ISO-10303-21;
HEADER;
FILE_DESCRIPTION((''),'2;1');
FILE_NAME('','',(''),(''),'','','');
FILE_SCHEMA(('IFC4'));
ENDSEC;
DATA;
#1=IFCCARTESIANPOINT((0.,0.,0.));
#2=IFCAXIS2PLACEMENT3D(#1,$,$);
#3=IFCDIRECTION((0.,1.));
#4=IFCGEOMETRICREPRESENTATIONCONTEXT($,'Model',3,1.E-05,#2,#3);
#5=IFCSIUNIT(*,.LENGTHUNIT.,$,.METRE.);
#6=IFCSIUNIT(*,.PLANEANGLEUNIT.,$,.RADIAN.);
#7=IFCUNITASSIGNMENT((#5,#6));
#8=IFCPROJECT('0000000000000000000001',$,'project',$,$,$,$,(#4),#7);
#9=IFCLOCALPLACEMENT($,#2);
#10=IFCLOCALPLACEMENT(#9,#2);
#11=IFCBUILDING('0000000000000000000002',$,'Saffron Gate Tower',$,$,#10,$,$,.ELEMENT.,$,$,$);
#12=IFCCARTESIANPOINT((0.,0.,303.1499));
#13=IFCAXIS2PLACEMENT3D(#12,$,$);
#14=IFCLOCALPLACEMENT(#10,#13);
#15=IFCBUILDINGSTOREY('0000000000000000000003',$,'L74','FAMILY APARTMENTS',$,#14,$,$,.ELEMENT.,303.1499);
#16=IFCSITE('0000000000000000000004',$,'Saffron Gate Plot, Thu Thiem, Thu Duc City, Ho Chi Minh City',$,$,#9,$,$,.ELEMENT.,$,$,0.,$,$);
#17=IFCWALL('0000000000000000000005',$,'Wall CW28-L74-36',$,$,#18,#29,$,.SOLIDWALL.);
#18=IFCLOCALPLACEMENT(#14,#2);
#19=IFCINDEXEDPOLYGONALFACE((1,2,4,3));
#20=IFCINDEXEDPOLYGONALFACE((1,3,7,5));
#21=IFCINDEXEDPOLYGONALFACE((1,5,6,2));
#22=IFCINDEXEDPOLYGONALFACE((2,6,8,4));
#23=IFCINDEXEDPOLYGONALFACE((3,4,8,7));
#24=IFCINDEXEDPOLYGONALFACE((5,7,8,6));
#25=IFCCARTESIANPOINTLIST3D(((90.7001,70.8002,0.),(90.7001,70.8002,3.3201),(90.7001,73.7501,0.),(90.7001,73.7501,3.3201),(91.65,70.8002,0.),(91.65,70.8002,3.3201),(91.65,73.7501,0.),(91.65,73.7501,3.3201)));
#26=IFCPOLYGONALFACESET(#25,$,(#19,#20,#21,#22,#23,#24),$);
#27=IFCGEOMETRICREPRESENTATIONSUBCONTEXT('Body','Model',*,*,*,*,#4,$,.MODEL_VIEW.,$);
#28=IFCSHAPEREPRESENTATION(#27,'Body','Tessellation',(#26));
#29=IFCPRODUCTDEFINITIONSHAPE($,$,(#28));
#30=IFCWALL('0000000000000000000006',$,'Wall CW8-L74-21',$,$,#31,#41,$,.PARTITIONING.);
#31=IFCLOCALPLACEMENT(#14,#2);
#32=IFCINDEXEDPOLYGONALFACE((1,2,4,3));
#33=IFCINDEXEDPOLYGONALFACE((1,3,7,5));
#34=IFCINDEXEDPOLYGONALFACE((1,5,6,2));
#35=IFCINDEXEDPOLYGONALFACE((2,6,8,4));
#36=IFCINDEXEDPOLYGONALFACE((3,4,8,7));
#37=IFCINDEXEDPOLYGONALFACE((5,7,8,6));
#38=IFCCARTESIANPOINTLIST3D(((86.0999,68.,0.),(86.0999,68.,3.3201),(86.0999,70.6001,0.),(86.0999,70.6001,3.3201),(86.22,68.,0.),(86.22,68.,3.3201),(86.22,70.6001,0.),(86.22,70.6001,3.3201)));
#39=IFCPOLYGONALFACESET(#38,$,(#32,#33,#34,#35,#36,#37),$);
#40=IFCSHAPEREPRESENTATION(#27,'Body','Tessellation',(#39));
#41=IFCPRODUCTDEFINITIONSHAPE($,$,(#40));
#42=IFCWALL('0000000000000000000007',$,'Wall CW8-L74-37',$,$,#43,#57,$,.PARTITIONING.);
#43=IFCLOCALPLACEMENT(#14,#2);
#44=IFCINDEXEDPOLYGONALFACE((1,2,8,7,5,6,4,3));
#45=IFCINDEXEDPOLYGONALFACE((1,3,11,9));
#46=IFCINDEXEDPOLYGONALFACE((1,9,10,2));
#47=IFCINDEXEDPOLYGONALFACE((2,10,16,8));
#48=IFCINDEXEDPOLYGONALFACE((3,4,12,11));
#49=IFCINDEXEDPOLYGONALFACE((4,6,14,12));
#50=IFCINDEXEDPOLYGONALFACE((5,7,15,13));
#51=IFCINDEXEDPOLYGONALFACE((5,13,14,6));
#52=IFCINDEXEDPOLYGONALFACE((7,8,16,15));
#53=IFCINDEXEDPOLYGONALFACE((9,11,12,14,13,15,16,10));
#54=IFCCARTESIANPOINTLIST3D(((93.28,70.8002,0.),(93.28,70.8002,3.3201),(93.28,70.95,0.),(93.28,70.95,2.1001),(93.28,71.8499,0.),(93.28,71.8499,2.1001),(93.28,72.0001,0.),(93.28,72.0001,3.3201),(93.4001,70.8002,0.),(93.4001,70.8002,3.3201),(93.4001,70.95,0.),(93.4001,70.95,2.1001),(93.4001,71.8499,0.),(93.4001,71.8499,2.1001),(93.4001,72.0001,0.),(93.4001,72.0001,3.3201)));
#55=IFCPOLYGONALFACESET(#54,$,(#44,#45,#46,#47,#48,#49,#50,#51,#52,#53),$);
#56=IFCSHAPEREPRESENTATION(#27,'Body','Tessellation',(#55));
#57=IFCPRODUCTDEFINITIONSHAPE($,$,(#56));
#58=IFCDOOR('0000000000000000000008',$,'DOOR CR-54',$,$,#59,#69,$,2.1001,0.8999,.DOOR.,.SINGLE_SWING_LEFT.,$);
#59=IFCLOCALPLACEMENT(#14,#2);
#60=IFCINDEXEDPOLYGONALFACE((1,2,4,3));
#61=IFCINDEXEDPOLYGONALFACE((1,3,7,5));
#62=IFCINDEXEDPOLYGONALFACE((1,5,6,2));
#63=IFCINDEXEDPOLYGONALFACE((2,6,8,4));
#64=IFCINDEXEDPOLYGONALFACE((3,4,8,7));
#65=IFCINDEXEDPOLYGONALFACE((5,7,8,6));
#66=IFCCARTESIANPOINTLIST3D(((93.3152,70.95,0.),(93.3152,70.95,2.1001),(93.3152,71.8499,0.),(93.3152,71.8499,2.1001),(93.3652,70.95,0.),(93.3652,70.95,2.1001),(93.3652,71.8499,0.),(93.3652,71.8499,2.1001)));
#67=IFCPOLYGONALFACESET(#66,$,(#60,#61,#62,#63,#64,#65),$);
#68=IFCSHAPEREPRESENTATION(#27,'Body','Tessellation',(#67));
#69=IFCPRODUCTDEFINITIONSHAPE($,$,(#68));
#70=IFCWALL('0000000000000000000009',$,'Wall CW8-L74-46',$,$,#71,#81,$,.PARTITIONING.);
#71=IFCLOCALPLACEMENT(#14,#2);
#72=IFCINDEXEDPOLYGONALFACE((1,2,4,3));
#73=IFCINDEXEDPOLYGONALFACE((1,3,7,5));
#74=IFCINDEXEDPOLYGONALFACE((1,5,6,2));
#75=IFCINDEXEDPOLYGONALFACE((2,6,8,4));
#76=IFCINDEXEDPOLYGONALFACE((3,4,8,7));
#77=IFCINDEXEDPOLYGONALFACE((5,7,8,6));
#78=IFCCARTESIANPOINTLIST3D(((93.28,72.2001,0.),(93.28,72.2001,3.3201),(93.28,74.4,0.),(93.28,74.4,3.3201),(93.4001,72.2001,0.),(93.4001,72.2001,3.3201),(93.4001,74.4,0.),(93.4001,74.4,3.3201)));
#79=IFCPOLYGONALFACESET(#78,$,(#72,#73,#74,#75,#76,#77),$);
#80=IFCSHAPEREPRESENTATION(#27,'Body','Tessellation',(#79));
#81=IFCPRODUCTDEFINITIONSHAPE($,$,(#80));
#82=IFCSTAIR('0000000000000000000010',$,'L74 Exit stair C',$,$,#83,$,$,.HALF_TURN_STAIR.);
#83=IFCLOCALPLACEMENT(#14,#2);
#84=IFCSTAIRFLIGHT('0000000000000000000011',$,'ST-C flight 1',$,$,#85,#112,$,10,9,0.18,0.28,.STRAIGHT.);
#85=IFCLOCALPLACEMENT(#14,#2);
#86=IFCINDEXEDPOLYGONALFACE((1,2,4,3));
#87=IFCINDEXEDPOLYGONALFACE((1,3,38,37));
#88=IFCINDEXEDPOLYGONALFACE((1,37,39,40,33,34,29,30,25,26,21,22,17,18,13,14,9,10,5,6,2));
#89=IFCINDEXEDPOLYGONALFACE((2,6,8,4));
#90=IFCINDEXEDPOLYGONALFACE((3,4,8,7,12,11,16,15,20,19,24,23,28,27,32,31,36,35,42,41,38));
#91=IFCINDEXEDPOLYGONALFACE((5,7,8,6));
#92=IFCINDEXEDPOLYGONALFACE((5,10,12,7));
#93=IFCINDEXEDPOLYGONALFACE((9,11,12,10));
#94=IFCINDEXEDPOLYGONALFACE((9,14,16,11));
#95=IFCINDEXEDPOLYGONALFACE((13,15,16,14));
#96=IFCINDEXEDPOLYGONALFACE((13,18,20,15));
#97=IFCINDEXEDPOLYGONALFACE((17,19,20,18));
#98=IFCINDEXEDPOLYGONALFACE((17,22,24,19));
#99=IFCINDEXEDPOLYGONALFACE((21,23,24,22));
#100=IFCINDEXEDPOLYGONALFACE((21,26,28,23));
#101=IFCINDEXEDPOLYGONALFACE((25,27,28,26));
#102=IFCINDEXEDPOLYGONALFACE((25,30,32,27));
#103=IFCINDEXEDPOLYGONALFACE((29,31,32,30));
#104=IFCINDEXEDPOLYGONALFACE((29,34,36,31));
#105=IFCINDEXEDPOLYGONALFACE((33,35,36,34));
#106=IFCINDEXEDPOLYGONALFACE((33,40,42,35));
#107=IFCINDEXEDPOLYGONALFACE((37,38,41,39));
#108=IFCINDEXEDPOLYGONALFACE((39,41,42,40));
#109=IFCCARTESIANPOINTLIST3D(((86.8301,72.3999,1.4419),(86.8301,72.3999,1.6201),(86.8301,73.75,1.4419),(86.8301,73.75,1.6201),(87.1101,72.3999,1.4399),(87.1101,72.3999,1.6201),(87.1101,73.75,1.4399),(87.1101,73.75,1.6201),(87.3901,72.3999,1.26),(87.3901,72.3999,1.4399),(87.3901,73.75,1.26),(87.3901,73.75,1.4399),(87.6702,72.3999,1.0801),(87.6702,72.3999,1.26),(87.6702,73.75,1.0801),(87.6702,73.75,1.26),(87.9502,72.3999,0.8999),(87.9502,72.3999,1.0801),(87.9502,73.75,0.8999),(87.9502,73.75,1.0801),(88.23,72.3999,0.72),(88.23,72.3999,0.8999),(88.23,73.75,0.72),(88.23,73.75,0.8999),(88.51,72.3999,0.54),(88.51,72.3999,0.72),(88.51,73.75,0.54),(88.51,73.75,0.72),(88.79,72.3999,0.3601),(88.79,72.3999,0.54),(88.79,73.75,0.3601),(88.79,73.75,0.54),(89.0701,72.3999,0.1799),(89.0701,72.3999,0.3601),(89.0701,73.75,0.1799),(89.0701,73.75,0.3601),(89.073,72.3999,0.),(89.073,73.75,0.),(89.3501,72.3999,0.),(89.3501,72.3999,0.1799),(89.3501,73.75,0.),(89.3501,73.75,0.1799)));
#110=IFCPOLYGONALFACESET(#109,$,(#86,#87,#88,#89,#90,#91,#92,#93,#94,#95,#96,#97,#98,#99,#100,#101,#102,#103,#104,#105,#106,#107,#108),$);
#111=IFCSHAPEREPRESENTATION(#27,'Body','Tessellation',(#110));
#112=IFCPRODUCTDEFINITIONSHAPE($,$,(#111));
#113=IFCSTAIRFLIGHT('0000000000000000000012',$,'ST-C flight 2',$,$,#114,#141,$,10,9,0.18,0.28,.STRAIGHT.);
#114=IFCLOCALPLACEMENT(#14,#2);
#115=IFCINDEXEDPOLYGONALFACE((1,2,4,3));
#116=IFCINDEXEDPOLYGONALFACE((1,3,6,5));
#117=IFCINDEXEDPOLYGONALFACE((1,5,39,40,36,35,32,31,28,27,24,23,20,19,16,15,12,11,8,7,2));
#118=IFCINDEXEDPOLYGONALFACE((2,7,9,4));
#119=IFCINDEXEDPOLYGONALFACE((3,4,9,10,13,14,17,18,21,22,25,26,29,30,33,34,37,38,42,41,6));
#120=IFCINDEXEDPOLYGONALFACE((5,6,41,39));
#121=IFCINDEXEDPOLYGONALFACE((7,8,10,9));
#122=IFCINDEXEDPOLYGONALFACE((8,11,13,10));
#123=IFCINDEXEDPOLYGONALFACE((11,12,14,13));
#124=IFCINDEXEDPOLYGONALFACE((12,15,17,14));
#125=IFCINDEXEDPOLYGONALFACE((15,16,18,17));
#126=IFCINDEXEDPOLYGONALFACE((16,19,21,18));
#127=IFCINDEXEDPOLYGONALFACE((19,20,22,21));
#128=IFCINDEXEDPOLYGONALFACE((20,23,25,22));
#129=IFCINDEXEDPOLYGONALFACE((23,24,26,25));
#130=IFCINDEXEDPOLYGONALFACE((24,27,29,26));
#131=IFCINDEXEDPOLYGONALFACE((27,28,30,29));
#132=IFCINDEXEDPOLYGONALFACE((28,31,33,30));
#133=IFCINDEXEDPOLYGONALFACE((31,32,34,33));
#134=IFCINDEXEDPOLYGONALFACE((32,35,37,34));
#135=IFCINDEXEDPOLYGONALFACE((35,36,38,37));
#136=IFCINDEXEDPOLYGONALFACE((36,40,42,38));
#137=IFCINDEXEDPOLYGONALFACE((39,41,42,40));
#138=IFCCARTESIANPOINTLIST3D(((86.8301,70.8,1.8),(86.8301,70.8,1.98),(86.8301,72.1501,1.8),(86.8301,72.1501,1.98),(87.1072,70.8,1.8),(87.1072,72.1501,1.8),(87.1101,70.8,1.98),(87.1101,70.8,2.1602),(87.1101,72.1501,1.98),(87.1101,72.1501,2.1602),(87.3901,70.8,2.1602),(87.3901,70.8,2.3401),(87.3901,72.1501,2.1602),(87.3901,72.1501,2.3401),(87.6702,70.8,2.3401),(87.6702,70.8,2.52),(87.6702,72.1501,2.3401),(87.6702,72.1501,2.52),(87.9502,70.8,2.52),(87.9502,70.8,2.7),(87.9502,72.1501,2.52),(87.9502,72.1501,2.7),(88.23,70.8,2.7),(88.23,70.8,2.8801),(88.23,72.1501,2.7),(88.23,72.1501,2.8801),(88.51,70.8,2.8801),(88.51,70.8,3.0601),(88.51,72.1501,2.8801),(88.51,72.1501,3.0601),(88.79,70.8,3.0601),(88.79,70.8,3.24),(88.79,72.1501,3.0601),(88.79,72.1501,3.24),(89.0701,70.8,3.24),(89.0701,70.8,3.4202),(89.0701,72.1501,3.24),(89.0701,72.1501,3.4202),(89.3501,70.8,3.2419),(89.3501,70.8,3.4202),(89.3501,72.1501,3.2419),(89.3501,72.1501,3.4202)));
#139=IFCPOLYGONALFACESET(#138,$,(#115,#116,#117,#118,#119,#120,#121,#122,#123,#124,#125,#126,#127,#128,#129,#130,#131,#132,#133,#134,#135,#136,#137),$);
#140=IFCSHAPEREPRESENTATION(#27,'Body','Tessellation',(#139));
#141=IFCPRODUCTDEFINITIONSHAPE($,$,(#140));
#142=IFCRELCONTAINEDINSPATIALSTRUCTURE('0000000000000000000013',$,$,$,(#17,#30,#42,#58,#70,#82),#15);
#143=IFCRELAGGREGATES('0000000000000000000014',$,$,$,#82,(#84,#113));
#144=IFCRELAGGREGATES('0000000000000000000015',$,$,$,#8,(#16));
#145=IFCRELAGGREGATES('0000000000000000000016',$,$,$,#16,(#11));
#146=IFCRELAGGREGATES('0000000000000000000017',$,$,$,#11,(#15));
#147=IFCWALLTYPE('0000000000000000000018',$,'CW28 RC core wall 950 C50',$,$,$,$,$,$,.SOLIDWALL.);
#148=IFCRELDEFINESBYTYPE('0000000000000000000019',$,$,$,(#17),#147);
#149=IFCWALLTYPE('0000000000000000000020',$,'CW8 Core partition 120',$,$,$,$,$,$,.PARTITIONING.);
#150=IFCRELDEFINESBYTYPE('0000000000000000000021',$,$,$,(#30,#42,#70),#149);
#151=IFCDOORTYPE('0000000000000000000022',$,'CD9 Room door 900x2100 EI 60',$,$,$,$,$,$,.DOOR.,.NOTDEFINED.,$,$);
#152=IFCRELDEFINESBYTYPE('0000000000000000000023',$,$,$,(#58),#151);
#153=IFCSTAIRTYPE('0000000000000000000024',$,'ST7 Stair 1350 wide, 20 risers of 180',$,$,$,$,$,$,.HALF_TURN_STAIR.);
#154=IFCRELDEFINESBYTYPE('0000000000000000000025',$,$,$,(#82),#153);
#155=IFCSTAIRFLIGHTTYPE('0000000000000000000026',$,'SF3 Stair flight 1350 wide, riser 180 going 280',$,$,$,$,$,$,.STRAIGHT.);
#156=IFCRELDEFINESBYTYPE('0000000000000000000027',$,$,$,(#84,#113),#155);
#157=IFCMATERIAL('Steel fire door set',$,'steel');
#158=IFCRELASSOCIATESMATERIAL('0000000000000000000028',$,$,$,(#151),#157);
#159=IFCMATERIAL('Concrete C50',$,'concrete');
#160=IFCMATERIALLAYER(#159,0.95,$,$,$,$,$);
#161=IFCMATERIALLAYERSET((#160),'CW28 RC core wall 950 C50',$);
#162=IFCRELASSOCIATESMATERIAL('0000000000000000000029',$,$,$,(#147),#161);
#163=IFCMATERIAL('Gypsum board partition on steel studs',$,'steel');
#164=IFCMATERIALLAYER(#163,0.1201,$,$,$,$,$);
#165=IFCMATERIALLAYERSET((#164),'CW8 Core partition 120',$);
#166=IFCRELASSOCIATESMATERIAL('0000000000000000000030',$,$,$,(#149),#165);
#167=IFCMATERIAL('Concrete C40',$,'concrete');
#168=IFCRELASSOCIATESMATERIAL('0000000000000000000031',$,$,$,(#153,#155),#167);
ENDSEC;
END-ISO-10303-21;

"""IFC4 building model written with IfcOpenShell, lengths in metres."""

from ifc_helpers import new_model, si_unit, direction, frame, frame_2d, origin, place, context, subcontext, project, spatial, polyline, rectangle, outline, extrude, material, layer, layer_set, type_object, element, fill, aggregate, save


model = new_model("IFC4")

# Units and contexts
model_context = context("Model", 3, precision=1e-05, world=origin(), true_north=direction((0.0, 1.0)))
body_context = subcontext(model_context, "Body", "Model", "MODEL_VIEW")
ifc_project = project(units=[si_unit("LENGTHUNIT", "METRE"), si_unit("PLANEANGLEUNIT", "RADIAN")], contexts=[model_context])

# Site, building, storey
site_placement = place(None, origin())
site = spatial("IfcSite", under=ifc_project, at=site_placement, Name="Saffron Gate Plot, Thu Thiem, Thu Duc City, Ho Chi Minh City", CompositionType="ELEMENT", RefElevation=0.0)
building_placement = place(site_placement, origin())
building = spatial("IfcBuilding", under=site, at=building_placement, Name="Saffron Gate Tower", CompositionType="ELEMENT")
storey_placement = place(building_placement, frame((0.0, 0.0, 303.1499)))
storey = spatial("IfcBuildingStorey", under=building, at=storey_placement, Name="L74", Description="FAMILY APARTMENTS", CompositionType="ELEMENT", Elevation=303.1499)

# Shared definitions
ifc_material_1 = material(Name="Gypsum board partition on steel studs", Category="steel")
ifc_material_2 = material(Name="Concrete C50", Category="concrete")

# Shared definitions
ifc_material_3 = material(Name="Steel fire door set", Category="steel")

# Shared definitions
door_type_1 = type_object("IfcDoorType", Name="CD9 Room door 900x2100 EI 60", OperationType="NOTDEFINED", PredefinedType="DOOR", material=ifc_material_3)

# Walls
ifc_layer_1 = layer(ifc_material_2, 0.95)
ifc_layer_set_1 = layer_set([ifc_layer_1], Name="CW28 RC core wall 950 C50")
wall_type_1 = type_object("IfcWallType", Name="CW28 RC core wall 950 C50", PredefinedType="SOLIDWALL", material=ifc_layer_set_1)
wall_1_placement = place(storey_placement, frame((91.175, 70.8, 0.0), z_axis=(0.0, 0.0, 1.0), x_axis=(0.0, 1.0, 0.0)))
element("IfcWall", 1, at=wall_1_placement, inside=storey, type_object=wall_type_1, Name="Wall CW28-L74-36", PredefinedType="SOLIDWALL", context=body_context, shape_type="SweptSolid", body=[
    extrude(rectangle(XDim=2.95, YDim=0.95, at=frame_2d((1.4751, 0.0))), origin(), (0.0, 0.0, 1.0), 3.3201),
])
ifc_layer_2 = layer(ifc_material_1, 0.1201)
ifc_layer_set_2 = layer_set([ifc_layer_2], Name="CW8 Core partition 120")
wall_type_2 = type_object("IfcWallType", Name="CW8 Core partition 120", PredefinedType="PARTITIONING", material=ifc_layer_set_2)
wall_2_placement = place(storey_placement, frame((86.1599, 68.0, 0.0), z_axis=(0.0, 0.0, 1.0), x_axis=(0.0, 1.0, 0.0)))
element("IfcWall", 2, at=wall_2_placement, inside=storey, type_object=wall_type_2, Name="Wall CW8-L74-21", PredefinedType="PARTITIONING", context=body_context, shape_type="SweptSolid", body=[
    extrude(rectangle(XDim=2.6001, YDim=0.1201, at=frame_2d((1.3, 0.0))), origin(), (0.0, 0.0, 1.0), 3.3201),
])

# Wall, opening, door
wall_3_placement = place(storey_placement, frame((93.3401, 70.8, 0.0), z_axis=(0.0, 0.0, 1.0), x_axis=(0.0, 1.0, 0.0)))
wall_3 = element("IfcWall", 3, at=wall_3_placement, inside=storey, type_object=wall_type_2, Name="Wall CW8-L74-37", PredefinedType="PARTITIONING", context=body_context, shape_type="SweptSolid", body=[
    extrude(rectangle(XDim=1.2, YDim=0.1201, at=frame_2d((0.6001, 0.0))), origin(), (0.0, 0.0, 1.0), 3.3201),
])
opening_1_placement = place(wall_3_placement, frame((0.1499, 0.0, 0.0)))
opening_1 = element("IfcOpeningElement", 4, at=opening_1_placement, cuts=wall_3, PredefinedType="OPENING", context=body_context, shape_type="SweptSolid", body=[
    extrude(rectangle(XDim=0.8999, YDim=2.1001, at=frame_2d((0.45, 1.05))), frame((0.0, 0.0701, 0.0), z_axis=(0.0, -1.0, 0.0), x_axis=(1.0, 0.0, 0.0)), (0.0, 0.0, 1.0), 0.1401),
])
door_1_placement = place(opening_1_placement, origin())
door_1 = element("IfcDoor", 5, at=door_1_placement, inside=storey, type_object=door_type_1, Name="DOOR CR-54", OperationType="SINGLE_SWING_LEFT", OverallHeight=2.1001, OverallWidth=0.8999, PredefinedType="DOOR", context=body_context, shape_type="SweptSolid", body=[
    extrude(rectangle(XDim=0.8999, YDim=2.1001, at=frame_2d((0.45, 1.05))), frame((0.0, 0.0249, 0.0), z_axis=(0.0, -1.0, 0.0), x_axis=(1.0, 0.0, 0.0)), (0.0, 0.0, 1.0), 0.05),
])
fill(opening_1, door_1)

# Wall
wall_4_placement = place(storey_placement, frame((93.3401, 72.2, 0.0), z_axis=(0.0, 0.0, 1.0), x_axis=(0.0, 1.0, 0.0)))
element("IfcWall", 6, at=wall_4_placement, inside=storey, type_object=wall_type_2, Name="Wall CW8-L74-46", PredefinedType="PARTITIONING", context=body_context, shape_type="SweptSolid", body=[
    extrude(rectangle(XDim=2.2, YDim=0.1201, at=frame_2d((1.1001, 0.0))), origin(), (0.0, 0.0, 1.0), 3.3201),
])

# Stair, stair flights
ifc_material_4 = material(Name="Concrete C40", Category="concrete")
stair_type = type_object("IfcStairType", Name="ST7 Stair 1350 wide, 20 risers of 180", PredefinedType="HALF_TURN_STAIR", material=ifc_material_4)
stair_placement = place(storey_placement, origin())
stair = element("IfcStair", 7, at=stair_placement, inside=storey, type_object=stair_type, Name="L74 Exit stair C", PredefinedType="HALF_TURN_STAIR")
stair_flight_type = type_object("IfcStairFlightType", Name="SF3 Stair flight 1350 wide, riser 180 going 280", PredefinedType="STRAIGHT", material=ifc_material_4)
stair_flight_1_placement = place(storey_placement, frame((89.3501, 73.075, 0.0), z_axis=(0.0, 0.0, 1.0), x_axis=(-1.0, 0.0, 0.0)))
stair_flight_1 = element("IfcStairFlight", 8, at=stair_flight_1_placement, type_object=stair_flight_type, Name="ST-C flight 1", NumberOfRisers=10, NumberOfTreads=9, PredefinedType="STRAIGHT", RiserHeight=0.18, TreadLength=0.28, context=body_context, shape_type="SweptSolid", body=[
    extrude(outline(polyline([(0.0, 0.0), (0.0, 0.1799), (0.28, 0.1799), (0.28, 0.3601), (0.5601, 0.3601), (0.5601, 0.54), (0.8401, 0.54), (0.8401, 0.72), (1.1201, 0.72), (1.1201, 0.8999), (1.3999, 0.8999), (1.3999, 1.0801), (1.6799, 1.0801), (1.6799, 1.26), (1.96, 1.26), (1.96, 1.4399), (2.24, 1.4399), (2.24, 1.6201), (2.52, 1.6201), (2.52, 1.8), (2.52, 1.4419), (0.2771, 0.0), (0.0, 0.0)])), frame((0.0, 0.675, 0.0), z_axis=(0.0, -1.0, 0.0), x_axis=(1.0, 0.0, 0.0)), (0.0, 0.0, 1.0), 1.3501),
])
stair_flight_2_placement = place(storey_placement, frame((86.8301, 71.4751, 1.8), z_axis=(0.0, 0.0, 1.0), x_axis=(1.0, 0.0, 0.0)))
stair_flight_2 = element("IfcStairFlight", 9, at=stair_flight_2_placement, type_object=stair_flight_type, Name="ST-C flight 2", NumberOfRisers=10, NumberOfTreads=9, PredefinedType="STRAIGHT", RiserHeight=0.18, TreadLength=0.28, context=body_context, shape_type="SweptSolid", body=[
    extrude(outline(polyline([(0.0, 0.0), (0.0, 0.1799), (0.28, 0.1799), (0.28, 0.3601), (0.5601, 0.3601), (0.5601, 0.54), (0.8401, 0.54), (0.8401, 0.72), (1.1201, 0.72), (1.1201, 0.8999), (1.3999, 0.8999), (1.3999, 1.0801), (1.6799, 1.0801), (1.6799, 1.26), (1.96, 1.26), (1.96, 1.4399), (2.24, 1.4399), (2.24, 1.6201), (2.52, 1.6201), (2.52, 1.8), (2.52, 1.4419), (0.2771, 0.0), (0.0, 0.0)])), frame((0.0, 0.675, 0.0), z_axis=(0.0, -1.0, 0.0), x_axis=(1.0, 0.0, 0.0)), (0.0, 0.0, 1.0), 1.3501),
])
aggregate(stair, [stair_flight_1, stair_flight_2])

save(model, "model.ifc")
